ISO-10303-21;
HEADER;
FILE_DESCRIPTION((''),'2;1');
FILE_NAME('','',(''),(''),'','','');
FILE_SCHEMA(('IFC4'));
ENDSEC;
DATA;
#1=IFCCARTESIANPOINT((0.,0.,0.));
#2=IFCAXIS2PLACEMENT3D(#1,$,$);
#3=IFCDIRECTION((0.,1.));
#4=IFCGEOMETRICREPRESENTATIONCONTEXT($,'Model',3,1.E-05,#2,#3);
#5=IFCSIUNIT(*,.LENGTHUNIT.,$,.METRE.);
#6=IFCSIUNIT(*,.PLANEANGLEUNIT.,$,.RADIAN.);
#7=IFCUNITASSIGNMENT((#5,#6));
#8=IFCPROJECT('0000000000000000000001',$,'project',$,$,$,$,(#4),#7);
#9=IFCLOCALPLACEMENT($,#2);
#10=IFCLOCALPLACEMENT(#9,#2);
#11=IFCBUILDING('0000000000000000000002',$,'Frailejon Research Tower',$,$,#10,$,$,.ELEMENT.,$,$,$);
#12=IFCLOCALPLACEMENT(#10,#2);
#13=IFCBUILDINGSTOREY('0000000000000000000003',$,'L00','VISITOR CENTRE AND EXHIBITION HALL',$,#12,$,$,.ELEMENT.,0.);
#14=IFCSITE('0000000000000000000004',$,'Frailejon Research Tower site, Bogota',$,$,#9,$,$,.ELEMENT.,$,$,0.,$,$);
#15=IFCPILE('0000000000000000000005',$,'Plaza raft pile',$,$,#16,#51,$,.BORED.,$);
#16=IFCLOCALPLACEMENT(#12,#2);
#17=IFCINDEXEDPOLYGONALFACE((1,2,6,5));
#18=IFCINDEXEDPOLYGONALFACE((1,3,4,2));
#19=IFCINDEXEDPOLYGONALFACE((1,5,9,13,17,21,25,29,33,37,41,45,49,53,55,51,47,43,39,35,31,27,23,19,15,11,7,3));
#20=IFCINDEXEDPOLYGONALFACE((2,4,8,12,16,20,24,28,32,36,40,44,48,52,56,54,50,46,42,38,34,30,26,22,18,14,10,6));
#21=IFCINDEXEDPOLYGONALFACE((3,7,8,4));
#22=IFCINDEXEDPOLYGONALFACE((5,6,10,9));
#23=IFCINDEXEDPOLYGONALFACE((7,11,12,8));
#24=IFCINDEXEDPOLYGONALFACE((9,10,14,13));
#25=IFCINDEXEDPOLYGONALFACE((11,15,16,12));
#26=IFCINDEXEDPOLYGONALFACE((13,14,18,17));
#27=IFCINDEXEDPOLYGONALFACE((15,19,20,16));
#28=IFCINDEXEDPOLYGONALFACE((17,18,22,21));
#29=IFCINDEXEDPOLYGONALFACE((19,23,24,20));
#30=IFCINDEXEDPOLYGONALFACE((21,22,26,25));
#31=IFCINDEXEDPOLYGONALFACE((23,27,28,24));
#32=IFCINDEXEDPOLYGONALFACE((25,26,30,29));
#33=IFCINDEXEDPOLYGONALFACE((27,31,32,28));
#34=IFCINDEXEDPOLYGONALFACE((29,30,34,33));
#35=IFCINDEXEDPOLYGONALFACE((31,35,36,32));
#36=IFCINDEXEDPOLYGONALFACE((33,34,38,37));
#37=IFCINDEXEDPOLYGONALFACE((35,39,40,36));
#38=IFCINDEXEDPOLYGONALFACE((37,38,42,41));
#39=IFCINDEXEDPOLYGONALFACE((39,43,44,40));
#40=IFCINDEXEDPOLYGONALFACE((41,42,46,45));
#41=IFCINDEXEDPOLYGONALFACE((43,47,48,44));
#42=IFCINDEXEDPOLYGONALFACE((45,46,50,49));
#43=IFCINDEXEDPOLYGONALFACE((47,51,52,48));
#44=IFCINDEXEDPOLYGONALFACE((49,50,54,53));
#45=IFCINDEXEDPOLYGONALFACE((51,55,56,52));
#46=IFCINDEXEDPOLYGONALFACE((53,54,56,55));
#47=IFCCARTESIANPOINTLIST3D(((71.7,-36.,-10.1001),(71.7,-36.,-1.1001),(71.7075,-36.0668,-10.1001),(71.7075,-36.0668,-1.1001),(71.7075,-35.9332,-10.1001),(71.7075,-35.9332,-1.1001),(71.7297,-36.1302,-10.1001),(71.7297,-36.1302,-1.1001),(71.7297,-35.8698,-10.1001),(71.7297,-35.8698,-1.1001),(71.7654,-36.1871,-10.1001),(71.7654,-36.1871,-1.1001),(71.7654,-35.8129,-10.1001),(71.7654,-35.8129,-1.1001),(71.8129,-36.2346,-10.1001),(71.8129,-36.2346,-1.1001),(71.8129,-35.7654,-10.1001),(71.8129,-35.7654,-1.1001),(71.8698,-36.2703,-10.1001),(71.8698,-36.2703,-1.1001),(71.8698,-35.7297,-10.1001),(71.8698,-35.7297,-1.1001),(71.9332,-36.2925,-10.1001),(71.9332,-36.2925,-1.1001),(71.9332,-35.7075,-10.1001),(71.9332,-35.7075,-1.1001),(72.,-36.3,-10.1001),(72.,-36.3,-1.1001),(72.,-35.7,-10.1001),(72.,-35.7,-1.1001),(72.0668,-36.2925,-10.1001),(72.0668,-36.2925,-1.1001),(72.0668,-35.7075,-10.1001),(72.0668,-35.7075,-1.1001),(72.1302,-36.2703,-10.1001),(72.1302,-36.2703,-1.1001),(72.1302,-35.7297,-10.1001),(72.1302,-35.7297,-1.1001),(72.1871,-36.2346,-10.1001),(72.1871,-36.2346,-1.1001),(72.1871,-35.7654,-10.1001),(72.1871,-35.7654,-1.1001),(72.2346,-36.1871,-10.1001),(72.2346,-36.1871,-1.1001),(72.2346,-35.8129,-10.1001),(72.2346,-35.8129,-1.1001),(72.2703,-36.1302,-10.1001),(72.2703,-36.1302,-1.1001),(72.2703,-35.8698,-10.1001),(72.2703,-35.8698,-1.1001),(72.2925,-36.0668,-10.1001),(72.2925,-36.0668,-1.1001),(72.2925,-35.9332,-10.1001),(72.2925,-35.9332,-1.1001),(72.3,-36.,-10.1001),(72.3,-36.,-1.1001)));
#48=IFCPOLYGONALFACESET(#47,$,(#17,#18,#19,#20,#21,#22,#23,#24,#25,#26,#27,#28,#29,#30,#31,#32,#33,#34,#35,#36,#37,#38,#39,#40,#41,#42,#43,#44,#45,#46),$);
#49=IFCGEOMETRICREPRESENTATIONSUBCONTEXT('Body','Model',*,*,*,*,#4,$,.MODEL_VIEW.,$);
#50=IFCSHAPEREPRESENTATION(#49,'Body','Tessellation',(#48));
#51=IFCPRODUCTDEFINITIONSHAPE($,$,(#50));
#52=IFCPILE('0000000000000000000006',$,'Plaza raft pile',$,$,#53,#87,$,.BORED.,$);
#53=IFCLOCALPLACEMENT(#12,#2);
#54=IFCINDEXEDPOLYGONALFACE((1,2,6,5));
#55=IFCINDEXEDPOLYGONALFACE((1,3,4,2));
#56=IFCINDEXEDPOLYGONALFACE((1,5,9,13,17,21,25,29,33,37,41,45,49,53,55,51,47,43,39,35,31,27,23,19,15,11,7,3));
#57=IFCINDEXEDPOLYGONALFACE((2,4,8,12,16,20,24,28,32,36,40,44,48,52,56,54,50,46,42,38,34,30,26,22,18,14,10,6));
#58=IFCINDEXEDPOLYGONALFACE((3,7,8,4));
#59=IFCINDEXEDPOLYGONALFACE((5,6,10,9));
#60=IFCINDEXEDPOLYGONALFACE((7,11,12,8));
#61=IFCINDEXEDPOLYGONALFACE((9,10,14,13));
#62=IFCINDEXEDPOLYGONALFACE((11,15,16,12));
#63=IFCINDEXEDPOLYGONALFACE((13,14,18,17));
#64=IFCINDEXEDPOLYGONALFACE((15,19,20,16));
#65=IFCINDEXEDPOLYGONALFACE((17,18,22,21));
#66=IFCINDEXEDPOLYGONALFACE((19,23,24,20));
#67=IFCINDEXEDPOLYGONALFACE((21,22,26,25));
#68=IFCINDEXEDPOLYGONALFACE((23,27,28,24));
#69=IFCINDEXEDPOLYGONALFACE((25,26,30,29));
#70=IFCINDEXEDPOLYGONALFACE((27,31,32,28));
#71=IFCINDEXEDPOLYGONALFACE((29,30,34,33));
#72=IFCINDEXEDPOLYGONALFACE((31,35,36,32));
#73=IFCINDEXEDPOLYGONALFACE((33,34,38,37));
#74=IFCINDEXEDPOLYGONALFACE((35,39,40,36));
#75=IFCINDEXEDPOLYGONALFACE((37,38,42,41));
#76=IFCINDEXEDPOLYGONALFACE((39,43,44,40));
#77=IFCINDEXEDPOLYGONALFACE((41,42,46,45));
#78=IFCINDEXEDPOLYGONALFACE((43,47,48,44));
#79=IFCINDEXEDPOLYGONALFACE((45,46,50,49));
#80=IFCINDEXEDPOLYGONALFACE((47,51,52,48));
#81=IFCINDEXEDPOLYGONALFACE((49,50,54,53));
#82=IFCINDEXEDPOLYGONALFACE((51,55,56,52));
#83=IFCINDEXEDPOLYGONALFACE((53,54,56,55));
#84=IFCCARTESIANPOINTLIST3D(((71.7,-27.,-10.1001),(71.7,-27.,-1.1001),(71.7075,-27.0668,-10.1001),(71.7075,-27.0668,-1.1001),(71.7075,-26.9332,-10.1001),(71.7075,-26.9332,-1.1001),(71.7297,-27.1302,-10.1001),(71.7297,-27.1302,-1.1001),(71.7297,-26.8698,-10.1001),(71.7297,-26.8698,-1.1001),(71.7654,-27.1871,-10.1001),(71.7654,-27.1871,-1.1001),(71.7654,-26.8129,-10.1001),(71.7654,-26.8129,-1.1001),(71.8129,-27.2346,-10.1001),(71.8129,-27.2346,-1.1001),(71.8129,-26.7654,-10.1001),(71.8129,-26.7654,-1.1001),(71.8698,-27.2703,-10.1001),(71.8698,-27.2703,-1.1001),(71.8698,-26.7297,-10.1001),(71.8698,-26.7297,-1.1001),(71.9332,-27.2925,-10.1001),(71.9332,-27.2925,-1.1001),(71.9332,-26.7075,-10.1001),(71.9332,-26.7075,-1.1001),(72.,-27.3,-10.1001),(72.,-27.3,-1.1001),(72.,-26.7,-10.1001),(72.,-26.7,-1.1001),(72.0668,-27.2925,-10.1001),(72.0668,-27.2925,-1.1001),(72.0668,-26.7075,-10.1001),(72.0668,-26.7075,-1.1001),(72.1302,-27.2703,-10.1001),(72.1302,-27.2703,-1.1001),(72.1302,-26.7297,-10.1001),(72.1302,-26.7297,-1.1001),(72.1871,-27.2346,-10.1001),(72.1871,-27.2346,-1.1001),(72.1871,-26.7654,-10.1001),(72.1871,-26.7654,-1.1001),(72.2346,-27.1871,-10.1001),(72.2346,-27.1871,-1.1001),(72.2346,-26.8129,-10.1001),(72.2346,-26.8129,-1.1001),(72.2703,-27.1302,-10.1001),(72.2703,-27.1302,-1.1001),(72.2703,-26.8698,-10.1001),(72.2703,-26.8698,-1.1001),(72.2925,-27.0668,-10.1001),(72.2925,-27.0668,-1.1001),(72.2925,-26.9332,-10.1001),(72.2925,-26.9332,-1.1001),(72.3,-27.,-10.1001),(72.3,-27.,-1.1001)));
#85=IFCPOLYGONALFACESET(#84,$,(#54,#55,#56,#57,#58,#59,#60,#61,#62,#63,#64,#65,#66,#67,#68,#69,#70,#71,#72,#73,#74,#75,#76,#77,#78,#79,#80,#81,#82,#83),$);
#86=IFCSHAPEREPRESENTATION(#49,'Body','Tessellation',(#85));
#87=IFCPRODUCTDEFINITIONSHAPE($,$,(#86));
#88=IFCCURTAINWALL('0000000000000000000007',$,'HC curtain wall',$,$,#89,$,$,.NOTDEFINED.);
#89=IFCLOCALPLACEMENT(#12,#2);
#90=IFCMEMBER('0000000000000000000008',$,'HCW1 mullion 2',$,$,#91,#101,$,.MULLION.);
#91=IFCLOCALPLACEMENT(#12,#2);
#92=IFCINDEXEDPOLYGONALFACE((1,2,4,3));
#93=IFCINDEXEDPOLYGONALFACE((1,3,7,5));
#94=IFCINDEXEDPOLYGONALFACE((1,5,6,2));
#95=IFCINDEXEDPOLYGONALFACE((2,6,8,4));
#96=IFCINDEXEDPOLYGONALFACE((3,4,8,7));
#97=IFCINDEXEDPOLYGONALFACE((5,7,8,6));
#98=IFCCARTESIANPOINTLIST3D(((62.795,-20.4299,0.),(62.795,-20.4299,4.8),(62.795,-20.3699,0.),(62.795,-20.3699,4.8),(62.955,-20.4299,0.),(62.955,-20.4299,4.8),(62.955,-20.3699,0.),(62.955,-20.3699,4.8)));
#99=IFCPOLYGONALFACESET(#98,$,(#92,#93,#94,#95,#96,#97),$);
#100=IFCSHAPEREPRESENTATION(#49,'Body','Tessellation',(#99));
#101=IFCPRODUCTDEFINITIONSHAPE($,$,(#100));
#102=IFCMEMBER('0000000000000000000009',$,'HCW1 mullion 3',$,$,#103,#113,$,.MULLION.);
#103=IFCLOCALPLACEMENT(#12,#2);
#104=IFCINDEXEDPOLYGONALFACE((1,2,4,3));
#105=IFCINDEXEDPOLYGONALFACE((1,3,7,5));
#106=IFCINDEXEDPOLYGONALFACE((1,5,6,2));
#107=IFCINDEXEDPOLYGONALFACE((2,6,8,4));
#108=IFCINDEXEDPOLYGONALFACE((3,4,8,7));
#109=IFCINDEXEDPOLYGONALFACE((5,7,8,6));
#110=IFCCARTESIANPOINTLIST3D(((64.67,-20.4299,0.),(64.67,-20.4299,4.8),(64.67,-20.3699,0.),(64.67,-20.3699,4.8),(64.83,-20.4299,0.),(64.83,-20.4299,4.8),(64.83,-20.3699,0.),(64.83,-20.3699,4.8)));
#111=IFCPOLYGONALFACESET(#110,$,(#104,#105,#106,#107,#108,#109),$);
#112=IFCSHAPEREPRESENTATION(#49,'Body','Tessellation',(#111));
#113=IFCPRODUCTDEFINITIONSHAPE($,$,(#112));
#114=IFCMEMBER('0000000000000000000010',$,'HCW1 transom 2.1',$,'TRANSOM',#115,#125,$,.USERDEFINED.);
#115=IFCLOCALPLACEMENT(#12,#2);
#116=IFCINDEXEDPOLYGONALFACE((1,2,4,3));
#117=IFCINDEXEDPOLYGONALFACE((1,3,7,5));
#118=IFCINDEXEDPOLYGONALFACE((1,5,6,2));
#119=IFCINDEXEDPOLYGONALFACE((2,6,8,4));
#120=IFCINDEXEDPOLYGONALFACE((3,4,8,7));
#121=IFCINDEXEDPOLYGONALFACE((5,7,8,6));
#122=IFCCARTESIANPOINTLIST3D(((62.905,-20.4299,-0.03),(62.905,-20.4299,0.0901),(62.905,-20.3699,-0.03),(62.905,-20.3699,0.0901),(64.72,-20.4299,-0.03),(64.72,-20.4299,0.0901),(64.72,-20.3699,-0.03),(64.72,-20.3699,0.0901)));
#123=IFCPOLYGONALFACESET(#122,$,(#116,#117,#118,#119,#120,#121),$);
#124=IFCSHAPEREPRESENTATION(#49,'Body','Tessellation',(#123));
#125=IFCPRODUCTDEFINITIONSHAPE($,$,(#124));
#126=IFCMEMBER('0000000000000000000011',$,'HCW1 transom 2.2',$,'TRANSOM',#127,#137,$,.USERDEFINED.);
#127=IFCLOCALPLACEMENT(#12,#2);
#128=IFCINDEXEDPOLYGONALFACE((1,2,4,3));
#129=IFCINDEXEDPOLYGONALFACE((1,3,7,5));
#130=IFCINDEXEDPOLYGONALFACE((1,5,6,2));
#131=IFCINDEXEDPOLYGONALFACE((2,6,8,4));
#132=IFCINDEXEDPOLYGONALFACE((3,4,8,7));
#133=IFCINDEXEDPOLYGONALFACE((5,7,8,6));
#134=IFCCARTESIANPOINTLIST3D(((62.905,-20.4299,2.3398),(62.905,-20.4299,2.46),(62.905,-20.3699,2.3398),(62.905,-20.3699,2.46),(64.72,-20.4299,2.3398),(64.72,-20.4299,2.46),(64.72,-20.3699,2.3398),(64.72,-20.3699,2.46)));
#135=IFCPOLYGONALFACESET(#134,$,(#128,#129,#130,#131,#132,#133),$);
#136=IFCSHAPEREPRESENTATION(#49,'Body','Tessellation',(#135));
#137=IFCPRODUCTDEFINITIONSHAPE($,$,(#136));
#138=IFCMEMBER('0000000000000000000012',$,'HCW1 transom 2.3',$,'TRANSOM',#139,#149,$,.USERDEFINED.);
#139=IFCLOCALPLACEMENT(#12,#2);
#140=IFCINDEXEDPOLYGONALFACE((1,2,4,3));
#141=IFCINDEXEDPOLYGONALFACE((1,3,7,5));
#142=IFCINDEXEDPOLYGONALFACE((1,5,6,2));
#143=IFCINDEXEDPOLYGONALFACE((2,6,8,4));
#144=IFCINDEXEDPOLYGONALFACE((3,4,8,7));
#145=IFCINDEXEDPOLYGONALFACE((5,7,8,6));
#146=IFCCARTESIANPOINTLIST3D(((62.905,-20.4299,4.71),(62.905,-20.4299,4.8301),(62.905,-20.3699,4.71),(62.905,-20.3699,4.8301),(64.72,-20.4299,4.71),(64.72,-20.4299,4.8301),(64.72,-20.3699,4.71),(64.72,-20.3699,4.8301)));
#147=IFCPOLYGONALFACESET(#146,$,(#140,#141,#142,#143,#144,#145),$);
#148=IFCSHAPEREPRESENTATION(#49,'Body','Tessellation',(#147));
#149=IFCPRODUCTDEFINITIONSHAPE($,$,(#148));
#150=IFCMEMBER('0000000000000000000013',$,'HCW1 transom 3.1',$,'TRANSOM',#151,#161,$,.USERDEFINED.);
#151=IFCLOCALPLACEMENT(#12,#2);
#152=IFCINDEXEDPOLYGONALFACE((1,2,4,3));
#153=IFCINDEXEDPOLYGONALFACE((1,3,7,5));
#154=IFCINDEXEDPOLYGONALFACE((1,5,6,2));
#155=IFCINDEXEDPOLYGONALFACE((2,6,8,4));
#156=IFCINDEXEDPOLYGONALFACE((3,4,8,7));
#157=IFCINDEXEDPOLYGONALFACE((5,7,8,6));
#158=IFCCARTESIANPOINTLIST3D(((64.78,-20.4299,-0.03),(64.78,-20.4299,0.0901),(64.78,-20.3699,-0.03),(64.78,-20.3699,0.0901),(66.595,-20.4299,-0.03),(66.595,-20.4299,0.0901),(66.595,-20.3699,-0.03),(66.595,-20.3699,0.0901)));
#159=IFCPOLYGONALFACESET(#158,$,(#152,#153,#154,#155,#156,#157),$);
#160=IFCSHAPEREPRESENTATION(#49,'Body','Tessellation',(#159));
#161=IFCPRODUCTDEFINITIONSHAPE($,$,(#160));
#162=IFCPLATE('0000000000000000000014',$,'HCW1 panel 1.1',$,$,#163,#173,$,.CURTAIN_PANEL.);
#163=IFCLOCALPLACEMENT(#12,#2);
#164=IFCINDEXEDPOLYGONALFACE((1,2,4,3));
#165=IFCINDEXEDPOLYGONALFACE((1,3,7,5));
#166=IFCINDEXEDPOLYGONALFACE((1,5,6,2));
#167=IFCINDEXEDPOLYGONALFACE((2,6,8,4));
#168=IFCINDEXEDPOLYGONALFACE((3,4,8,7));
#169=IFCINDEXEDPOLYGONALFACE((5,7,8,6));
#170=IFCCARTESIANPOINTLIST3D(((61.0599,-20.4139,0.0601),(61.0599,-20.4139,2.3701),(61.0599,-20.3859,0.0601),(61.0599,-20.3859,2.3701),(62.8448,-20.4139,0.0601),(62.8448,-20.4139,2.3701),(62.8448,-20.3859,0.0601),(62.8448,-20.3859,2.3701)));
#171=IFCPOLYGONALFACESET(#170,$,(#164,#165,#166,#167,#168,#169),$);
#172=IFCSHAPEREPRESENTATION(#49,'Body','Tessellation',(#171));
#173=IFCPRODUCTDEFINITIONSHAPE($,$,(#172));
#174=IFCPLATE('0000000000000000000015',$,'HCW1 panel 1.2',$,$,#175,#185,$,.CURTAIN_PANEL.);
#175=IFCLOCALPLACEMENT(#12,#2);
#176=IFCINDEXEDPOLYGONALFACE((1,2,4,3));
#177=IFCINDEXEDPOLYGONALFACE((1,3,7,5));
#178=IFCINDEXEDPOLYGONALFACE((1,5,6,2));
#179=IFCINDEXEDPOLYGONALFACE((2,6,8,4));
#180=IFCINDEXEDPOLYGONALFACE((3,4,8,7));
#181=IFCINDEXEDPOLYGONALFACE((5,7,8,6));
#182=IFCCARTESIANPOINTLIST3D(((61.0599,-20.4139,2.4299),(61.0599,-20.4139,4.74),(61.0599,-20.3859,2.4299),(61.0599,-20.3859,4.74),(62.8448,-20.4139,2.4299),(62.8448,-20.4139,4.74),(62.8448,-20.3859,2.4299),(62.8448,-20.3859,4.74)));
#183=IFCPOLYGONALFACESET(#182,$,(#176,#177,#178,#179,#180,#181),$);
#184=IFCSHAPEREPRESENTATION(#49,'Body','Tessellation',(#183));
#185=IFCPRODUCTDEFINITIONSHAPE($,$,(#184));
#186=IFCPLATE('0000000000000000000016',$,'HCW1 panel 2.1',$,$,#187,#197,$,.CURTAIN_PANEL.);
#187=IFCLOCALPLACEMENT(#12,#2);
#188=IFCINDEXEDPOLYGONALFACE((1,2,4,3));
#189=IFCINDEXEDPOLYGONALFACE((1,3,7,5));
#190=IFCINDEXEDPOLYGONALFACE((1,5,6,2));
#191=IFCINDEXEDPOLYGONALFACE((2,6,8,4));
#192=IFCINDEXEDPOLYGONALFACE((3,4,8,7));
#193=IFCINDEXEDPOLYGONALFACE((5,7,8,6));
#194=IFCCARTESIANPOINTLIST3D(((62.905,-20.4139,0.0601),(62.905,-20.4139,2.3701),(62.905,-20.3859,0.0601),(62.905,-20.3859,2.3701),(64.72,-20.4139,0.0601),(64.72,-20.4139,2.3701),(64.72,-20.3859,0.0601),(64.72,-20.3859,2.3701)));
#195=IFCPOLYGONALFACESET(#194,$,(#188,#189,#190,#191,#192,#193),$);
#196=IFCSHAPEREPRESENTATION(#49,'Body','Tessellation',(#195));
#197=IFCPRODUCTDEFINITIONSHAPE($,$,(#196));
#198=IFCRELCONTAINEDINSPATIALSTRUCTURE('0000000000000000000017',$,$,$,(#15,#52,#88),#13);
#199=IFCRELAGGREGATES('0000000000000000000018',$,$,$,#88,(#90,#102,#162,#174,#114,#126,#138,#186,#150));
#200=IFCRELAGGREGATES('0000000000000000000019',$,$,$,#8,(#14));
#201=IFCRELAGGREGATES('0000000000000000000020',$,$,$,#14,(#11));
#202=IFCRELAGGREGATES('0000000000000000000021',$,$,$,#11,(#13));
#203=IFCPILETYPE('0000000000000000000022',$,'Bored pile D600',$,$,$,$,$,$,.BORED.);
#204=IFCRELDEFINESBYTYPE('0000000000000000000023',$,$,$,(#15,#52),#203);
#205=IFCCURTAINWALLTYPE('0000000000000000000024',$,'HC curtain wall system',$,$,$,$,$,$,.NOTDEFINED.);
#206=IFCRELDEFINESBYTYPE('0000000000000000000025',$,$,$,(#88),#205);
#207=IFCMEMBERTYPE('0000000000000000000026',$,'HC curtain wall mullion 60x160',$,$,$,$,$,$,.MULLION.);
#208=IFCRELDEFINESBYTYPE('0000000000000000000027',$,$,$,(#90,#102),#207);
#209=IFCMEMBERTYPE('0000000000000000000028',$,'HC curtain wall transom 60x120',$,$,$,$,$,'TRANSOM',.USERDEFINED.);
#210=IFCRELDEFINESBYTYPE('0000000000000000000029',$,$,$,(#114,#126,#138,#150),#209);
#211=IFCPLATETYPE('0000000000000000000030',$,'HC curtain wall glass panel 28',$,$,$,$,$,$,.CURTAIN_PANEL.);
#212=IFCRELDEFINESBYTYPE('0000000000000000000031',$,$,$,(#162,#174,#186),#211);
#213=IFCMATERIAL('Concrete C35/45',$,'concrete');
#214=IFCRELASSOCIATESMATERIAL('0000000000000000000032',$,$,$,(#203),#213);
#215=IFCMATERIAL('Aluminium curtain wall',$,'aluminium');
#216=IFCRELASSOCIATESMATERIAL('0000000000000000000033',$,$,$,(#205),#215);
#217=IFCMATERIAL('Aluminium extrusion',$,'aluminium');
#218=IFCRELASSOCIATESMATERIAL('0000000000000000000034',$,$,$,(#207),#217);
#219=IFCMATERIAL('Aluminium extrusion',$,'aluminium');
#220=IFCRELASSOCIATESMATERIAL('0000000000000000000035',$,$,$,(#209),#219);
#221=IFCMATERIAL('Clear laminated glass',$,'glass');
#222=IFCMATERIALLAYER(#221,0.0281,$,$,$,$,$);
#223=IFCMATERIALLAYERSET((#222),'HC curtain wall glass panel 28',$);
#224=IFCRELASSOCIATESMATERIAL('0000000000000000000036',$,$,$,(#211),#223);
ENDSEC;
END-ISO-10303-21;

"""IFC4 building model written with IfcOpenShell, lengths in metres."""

from ifc_helpers import new_model, si_unit, direction, frame, origin, origin_2d, place, context, subcontext, project, spatial, rectangle, circle, extrude, material, layer, layer_set, material_profile, profile_set, type_object, element, aggregate, save


model = new_model("IFC4")

# Units and contexts
model_context = context("Model", 3, precision=1e-05, world=origin(), true_north=direction((0.0, 1.0)))
body_context = subcontext(model_context, "Body", "Model", "MODEL_VIEW")
ifc_project = project(units=[si_unit("LENGTHUNIT", "METRE"), si_unit("PLANEANGLEUNIT", "RADIAN")], contexts=[model_context])

# Site, building, storey
site_placement = place(None, origin())
site = spatial("IfcSite", under=ifc_project, at=site_placement, Name="Frailejon Research Tower site, Bogota", CompositionType="ELEMENT", RefElevation=0.0)
building_placement = place(site_placement, origin())
building = spatial("IfcBuilding", under=site, at=building_placement, Name="Frailejon Research Tower", CompositionType="ELEMENT")
storey_placement = place(building_placement, origin())
storey = spatial("IfcBuildingStorey", under=building, at=storey_placement, Name="L00", Description="VISITOR CENTRE AND EXHIBITION HALL", CompositionType="ELEMENT", Elevation=0.0)

# Piles
ifc_material_1 = material(Name="Concrete C35/45", Category="concrete")
ifc_material_profile_1 = material_profile(ifc_material_1, circle(Radius=0.3, at=origin_2d()), Name="Bored pile D600")
ifc_profile_set_1 = profile_set([ifc_material_profile_1], Name="Concrete C35/45")
pile_type = type_object("IfcPileType", Name="Bored pile D600", PredefinedType="BORED", material=ifc_profile_set_1)
for number, where, z_axis, x_axis, name in (
    (1, (72.0, -36.0, -1.1001), (0.0, 0.0, -1.0), (1.0, 0.0, 0.0), "Plaza raft pile"),
    (2, (72.0, -27.0, -1.1001), (0.0, 0.0, -1.0), (1.0, 0.0, 0.0), "Plaza raft pile"),
):
    element("IfcPile", number, at=place(storey_placement, frame(where, z_axis=z_axis, x_axis=x_axis)), inside=storey, type_object=pile_type, Name=name, PredefinedType="BORED", context=body_context, shape_type="SweptSolid", body=[
        extrude(circle(Radius=0.3, at=origin_2d()), origin(), (0.0, 0.0, 1.0), 9.0),
    ])

# Curtain wall, members, plates
ifc_material_2 = material(Name="Aluminium curtain wall", Category="aluminium")
curtain_wall_type = type_object("IfcCurtainWallType", Name="HC curtain wall system", PredefinedType="NOTDEFINED", material=ifc_material_2)
curtain_wall_placement = place(storey_placement, origin())
curtain_wall = element("IfcCurtainWall", 3, at=curtain_wall_placement, inside=storey, type_object=curtain_wall_type, Name="HC curtain wall", PredefinedType="NOTDEFINED")
ifc_material_3 = material(Name="Aluminium extrusion", Category="aluminium")
ifc_material_profile_2 = material_profile(ifc_material_3, rectangle(XDim=0.0601, YDim=0.1599, at=origin_2d()), Name="HC curtain wall mullion 60x160")
ifc_profile_set_2 = profile_set([ifc_material_profile_2], Name="Aluminium extrusion")
member_type_1 = type_object("IfcMemberType", Name="HC curtain wall mullion 60x160", PredefinedType="MULLION", material=ifc_profile_set_2)
member_1_placement = place(storey_placement, frame((62.875, -20.3999, 0.0), z_axis=(0.0, 0.0, 1.0), x_axis=(0.0, 1.0, 0.0)))
member_1 = element("IfcMember", 4, at=member_1_placement, type_object=member_type_1, Name="HCW1 mullion 2", PredefinedType="MULLION", context=body_context, shape_type="SweptSolid", body=[
    extrude(rectangle(XDim=0.0601, YDim=0.1599, at=origin_2d()), origin(), (0.0, 0.0, 1.0), 4.8),
])
member_2_placement = place(storey_placement, frame((64.75, -20.3999, 0.0), z_axis=(0.0, 0.0, 1.0), x_axis=(0.0, 1.0, 0.0)))
member_2 = element("IfcMember", 5, at=member_2_placement, type_object=member_type_1, Name="HCW1 mullion 3", PredefinedType="MULLION", context=body_context, shape_type="SweptSolid", body=[
    extrude(rectangle(XDim=0.0601, YDim=0.1599, at=origin_2d()), origin(), (0.0, 0.0, 1.0), 4.8),
])
ifc_material_4 = material(Name="Aluminium extrusion", Category="aluminium")
ifc_material_profile_3 = material_profile(ifc_material_4, rectangle(XDim=0.0601, YDim=0.1201, at=origin_2d()), Name="HC curtain wall transom 60x120")
ifc_profile_set_3 = profile_set([ifc_material_profile_3], Name="Aluminium extrusion")
member_type_2 = type_object("IfcMemberType", Name="HC curtain wall transom 60x120", ElementType="TRANSOM", PredefinedType="USERDEFINED", material=ifc_profile_set_3)
member_3_placement = place(storey_placement, frame((62.905, -20.3999, 0.03), z_axis=(1.0, 0.0, 0.0), x_axis=(0.0, 1.0, 0.0)))
member_3 = element("IfcMember", 6, at=member_3_placement, type_object=member_type_2, Name="HCW1 transom 2.1", ObjectType="TRANSOM", PredefinedType="USERDEFINED", context=body_context, shape_type="SweptSolid", body=[
    extrude(rectangle(XDim=0.0601, YDim=0.1201, at=origin_2d()), origin(), (0.0, 0.0, 1.0), 1.8149),
])
member_4_placement = place(storey_placement, frame((62.905, -20.3999, 2.3999), z_axis=(1.0, 0.0, 0.0), x_axis=(0.0, 1.0, 0.0)))
member_4 = element("IfcMember", 7, at=member_4_placement, type_object=member_type_2, Name="HCW1 transom 2.2", ObjectType="TRANSOM", PredefinedType="USERDEFINED", context=body_context, shape_type="SweptSolid", body=[
    extrude(rectangle(XDim=0.0601, YDim=0.1201, at=origin_2d()), origin(), (0.0, 0.0, 1.0), 1.8149),
])
member_5_placement = place(storey_placement, frame((62.905, -20.3999, 4.77), z_axis=(1.0, 0.0, 0.0), x_axis=(0.0, 1.0, 0.0)))
member_5 = element("IfcMember", 8, at=member_5_placement, type_object=member_type_2, Name="HCW1 transom 2.3", ObjectType="TRANSOM", PredefinedType="USERDEFINED", context=body_context, shape_type="SweptSolid", body=[
    extrude(rectangle(XDim=0.0601, YDim=0.1201, at=origin_2d()), origin(), (0.0, 0.0, 1.0), 1.8149),
])
member_6_placement = place(storey_placement, frame((64.78, -20.3999, 0.03), z_axis=(1.0, 0.0, 0.0), x_axis=(0.0, 1.0, 0.0)))
member_6 = element("IfcMember", 9, at=member_6_placement, type_object=member_type_2, Name="HCW1 transom 3.1", ObjectType="TRANSOM", PredefinedType="USERDEFINED", context=body_context, shape_type="SweptSolid", body=[
    extrude(rectangle(XDim=0.0601, YDim=0.1201, at=origin_2d()), origin(), (0.0, 0.0, 1.0), 1.8149),
])
ifc_material_5 = material(Name="Clear laminated glass", Category="glass")
ifc_layer_1 = layer(ifc_material_5, 0.0281)
ifc_layer_set_1 = layer_set([ifc_layer_1], Name="HC curtain wall glass panel 28")
plate_type = type_object("IfcPlateType", Name="HC curtain wall glass panel 28", PredefinedType="CURTAIN_PANEL", material=ifc_layer_set_1)
plate_1_placement = place(storey_placement, frame((61.9524, -20.3999, 0.0601), z_axis=(0.0, 0.0, 1.0), x_axis=(1.0, 0.0, 0.0)))
plate_1 = element("IfcPlate", 10, at=plate_1_placement, type_object=plate_type, Name="HCW1 panel 1.1", PredefinedType="CURTAIN_PANEL", context=body_context, shape_type="SweptSolid", body=[
    extrude(rectangle(XDim=1.7849, YDim=0.0281, at=origin_2d()), origin(), (0.0, 0.0, 1.0), 2.3101),
])
plate_2_placement = place(storey_placement, frame((61.9524, -20.3999, 2.4299), z_axis=(0.0, 0.0, 1.0), x_axis=(1.0, 0.0, 0.0)))
plate_2 = element("IfcPlate", 11, at=plate_2_placement, type_object=plate_type, Name="HCW1 panel 1.2", PredefinedType="CURTAIN_PANEL", context=body_context, shape_type="SweptSolid", body=[
    extrude(rectangle(XDim=1.7849, YDim=0.0281, at=origin_2d()), origin(), (0.0, 0.0, 1.0), 2.3101),
])
plate_3_placement = place(storey_placement, frame((63.8125, -20.3999, 0.0601), z_axis=(0.0, 0.0, 1.0), x_axis=(1.0, 0.0, 0.0)))
plate_3 = element("IfcPlate", 12, at=plate_3_placement, type_object=plate_type, Name="HCW1 panel 2.1", PredefinedType="CURTAIN_PANEL", context=body_context, shape_type="SweptSolid", body=[
    extrude(rectangle(XDim=1.8149, YDim=0.0281, at=origin_2d()), origin(), (0.0, 0.0, 1.0), 2.3101),
])
aggregate(curtain_wall, [member_1, member_2, plate_1, plate_2, member_3, member_4, member_5, plate_3, member_6])

save(model, "model.ifc")
